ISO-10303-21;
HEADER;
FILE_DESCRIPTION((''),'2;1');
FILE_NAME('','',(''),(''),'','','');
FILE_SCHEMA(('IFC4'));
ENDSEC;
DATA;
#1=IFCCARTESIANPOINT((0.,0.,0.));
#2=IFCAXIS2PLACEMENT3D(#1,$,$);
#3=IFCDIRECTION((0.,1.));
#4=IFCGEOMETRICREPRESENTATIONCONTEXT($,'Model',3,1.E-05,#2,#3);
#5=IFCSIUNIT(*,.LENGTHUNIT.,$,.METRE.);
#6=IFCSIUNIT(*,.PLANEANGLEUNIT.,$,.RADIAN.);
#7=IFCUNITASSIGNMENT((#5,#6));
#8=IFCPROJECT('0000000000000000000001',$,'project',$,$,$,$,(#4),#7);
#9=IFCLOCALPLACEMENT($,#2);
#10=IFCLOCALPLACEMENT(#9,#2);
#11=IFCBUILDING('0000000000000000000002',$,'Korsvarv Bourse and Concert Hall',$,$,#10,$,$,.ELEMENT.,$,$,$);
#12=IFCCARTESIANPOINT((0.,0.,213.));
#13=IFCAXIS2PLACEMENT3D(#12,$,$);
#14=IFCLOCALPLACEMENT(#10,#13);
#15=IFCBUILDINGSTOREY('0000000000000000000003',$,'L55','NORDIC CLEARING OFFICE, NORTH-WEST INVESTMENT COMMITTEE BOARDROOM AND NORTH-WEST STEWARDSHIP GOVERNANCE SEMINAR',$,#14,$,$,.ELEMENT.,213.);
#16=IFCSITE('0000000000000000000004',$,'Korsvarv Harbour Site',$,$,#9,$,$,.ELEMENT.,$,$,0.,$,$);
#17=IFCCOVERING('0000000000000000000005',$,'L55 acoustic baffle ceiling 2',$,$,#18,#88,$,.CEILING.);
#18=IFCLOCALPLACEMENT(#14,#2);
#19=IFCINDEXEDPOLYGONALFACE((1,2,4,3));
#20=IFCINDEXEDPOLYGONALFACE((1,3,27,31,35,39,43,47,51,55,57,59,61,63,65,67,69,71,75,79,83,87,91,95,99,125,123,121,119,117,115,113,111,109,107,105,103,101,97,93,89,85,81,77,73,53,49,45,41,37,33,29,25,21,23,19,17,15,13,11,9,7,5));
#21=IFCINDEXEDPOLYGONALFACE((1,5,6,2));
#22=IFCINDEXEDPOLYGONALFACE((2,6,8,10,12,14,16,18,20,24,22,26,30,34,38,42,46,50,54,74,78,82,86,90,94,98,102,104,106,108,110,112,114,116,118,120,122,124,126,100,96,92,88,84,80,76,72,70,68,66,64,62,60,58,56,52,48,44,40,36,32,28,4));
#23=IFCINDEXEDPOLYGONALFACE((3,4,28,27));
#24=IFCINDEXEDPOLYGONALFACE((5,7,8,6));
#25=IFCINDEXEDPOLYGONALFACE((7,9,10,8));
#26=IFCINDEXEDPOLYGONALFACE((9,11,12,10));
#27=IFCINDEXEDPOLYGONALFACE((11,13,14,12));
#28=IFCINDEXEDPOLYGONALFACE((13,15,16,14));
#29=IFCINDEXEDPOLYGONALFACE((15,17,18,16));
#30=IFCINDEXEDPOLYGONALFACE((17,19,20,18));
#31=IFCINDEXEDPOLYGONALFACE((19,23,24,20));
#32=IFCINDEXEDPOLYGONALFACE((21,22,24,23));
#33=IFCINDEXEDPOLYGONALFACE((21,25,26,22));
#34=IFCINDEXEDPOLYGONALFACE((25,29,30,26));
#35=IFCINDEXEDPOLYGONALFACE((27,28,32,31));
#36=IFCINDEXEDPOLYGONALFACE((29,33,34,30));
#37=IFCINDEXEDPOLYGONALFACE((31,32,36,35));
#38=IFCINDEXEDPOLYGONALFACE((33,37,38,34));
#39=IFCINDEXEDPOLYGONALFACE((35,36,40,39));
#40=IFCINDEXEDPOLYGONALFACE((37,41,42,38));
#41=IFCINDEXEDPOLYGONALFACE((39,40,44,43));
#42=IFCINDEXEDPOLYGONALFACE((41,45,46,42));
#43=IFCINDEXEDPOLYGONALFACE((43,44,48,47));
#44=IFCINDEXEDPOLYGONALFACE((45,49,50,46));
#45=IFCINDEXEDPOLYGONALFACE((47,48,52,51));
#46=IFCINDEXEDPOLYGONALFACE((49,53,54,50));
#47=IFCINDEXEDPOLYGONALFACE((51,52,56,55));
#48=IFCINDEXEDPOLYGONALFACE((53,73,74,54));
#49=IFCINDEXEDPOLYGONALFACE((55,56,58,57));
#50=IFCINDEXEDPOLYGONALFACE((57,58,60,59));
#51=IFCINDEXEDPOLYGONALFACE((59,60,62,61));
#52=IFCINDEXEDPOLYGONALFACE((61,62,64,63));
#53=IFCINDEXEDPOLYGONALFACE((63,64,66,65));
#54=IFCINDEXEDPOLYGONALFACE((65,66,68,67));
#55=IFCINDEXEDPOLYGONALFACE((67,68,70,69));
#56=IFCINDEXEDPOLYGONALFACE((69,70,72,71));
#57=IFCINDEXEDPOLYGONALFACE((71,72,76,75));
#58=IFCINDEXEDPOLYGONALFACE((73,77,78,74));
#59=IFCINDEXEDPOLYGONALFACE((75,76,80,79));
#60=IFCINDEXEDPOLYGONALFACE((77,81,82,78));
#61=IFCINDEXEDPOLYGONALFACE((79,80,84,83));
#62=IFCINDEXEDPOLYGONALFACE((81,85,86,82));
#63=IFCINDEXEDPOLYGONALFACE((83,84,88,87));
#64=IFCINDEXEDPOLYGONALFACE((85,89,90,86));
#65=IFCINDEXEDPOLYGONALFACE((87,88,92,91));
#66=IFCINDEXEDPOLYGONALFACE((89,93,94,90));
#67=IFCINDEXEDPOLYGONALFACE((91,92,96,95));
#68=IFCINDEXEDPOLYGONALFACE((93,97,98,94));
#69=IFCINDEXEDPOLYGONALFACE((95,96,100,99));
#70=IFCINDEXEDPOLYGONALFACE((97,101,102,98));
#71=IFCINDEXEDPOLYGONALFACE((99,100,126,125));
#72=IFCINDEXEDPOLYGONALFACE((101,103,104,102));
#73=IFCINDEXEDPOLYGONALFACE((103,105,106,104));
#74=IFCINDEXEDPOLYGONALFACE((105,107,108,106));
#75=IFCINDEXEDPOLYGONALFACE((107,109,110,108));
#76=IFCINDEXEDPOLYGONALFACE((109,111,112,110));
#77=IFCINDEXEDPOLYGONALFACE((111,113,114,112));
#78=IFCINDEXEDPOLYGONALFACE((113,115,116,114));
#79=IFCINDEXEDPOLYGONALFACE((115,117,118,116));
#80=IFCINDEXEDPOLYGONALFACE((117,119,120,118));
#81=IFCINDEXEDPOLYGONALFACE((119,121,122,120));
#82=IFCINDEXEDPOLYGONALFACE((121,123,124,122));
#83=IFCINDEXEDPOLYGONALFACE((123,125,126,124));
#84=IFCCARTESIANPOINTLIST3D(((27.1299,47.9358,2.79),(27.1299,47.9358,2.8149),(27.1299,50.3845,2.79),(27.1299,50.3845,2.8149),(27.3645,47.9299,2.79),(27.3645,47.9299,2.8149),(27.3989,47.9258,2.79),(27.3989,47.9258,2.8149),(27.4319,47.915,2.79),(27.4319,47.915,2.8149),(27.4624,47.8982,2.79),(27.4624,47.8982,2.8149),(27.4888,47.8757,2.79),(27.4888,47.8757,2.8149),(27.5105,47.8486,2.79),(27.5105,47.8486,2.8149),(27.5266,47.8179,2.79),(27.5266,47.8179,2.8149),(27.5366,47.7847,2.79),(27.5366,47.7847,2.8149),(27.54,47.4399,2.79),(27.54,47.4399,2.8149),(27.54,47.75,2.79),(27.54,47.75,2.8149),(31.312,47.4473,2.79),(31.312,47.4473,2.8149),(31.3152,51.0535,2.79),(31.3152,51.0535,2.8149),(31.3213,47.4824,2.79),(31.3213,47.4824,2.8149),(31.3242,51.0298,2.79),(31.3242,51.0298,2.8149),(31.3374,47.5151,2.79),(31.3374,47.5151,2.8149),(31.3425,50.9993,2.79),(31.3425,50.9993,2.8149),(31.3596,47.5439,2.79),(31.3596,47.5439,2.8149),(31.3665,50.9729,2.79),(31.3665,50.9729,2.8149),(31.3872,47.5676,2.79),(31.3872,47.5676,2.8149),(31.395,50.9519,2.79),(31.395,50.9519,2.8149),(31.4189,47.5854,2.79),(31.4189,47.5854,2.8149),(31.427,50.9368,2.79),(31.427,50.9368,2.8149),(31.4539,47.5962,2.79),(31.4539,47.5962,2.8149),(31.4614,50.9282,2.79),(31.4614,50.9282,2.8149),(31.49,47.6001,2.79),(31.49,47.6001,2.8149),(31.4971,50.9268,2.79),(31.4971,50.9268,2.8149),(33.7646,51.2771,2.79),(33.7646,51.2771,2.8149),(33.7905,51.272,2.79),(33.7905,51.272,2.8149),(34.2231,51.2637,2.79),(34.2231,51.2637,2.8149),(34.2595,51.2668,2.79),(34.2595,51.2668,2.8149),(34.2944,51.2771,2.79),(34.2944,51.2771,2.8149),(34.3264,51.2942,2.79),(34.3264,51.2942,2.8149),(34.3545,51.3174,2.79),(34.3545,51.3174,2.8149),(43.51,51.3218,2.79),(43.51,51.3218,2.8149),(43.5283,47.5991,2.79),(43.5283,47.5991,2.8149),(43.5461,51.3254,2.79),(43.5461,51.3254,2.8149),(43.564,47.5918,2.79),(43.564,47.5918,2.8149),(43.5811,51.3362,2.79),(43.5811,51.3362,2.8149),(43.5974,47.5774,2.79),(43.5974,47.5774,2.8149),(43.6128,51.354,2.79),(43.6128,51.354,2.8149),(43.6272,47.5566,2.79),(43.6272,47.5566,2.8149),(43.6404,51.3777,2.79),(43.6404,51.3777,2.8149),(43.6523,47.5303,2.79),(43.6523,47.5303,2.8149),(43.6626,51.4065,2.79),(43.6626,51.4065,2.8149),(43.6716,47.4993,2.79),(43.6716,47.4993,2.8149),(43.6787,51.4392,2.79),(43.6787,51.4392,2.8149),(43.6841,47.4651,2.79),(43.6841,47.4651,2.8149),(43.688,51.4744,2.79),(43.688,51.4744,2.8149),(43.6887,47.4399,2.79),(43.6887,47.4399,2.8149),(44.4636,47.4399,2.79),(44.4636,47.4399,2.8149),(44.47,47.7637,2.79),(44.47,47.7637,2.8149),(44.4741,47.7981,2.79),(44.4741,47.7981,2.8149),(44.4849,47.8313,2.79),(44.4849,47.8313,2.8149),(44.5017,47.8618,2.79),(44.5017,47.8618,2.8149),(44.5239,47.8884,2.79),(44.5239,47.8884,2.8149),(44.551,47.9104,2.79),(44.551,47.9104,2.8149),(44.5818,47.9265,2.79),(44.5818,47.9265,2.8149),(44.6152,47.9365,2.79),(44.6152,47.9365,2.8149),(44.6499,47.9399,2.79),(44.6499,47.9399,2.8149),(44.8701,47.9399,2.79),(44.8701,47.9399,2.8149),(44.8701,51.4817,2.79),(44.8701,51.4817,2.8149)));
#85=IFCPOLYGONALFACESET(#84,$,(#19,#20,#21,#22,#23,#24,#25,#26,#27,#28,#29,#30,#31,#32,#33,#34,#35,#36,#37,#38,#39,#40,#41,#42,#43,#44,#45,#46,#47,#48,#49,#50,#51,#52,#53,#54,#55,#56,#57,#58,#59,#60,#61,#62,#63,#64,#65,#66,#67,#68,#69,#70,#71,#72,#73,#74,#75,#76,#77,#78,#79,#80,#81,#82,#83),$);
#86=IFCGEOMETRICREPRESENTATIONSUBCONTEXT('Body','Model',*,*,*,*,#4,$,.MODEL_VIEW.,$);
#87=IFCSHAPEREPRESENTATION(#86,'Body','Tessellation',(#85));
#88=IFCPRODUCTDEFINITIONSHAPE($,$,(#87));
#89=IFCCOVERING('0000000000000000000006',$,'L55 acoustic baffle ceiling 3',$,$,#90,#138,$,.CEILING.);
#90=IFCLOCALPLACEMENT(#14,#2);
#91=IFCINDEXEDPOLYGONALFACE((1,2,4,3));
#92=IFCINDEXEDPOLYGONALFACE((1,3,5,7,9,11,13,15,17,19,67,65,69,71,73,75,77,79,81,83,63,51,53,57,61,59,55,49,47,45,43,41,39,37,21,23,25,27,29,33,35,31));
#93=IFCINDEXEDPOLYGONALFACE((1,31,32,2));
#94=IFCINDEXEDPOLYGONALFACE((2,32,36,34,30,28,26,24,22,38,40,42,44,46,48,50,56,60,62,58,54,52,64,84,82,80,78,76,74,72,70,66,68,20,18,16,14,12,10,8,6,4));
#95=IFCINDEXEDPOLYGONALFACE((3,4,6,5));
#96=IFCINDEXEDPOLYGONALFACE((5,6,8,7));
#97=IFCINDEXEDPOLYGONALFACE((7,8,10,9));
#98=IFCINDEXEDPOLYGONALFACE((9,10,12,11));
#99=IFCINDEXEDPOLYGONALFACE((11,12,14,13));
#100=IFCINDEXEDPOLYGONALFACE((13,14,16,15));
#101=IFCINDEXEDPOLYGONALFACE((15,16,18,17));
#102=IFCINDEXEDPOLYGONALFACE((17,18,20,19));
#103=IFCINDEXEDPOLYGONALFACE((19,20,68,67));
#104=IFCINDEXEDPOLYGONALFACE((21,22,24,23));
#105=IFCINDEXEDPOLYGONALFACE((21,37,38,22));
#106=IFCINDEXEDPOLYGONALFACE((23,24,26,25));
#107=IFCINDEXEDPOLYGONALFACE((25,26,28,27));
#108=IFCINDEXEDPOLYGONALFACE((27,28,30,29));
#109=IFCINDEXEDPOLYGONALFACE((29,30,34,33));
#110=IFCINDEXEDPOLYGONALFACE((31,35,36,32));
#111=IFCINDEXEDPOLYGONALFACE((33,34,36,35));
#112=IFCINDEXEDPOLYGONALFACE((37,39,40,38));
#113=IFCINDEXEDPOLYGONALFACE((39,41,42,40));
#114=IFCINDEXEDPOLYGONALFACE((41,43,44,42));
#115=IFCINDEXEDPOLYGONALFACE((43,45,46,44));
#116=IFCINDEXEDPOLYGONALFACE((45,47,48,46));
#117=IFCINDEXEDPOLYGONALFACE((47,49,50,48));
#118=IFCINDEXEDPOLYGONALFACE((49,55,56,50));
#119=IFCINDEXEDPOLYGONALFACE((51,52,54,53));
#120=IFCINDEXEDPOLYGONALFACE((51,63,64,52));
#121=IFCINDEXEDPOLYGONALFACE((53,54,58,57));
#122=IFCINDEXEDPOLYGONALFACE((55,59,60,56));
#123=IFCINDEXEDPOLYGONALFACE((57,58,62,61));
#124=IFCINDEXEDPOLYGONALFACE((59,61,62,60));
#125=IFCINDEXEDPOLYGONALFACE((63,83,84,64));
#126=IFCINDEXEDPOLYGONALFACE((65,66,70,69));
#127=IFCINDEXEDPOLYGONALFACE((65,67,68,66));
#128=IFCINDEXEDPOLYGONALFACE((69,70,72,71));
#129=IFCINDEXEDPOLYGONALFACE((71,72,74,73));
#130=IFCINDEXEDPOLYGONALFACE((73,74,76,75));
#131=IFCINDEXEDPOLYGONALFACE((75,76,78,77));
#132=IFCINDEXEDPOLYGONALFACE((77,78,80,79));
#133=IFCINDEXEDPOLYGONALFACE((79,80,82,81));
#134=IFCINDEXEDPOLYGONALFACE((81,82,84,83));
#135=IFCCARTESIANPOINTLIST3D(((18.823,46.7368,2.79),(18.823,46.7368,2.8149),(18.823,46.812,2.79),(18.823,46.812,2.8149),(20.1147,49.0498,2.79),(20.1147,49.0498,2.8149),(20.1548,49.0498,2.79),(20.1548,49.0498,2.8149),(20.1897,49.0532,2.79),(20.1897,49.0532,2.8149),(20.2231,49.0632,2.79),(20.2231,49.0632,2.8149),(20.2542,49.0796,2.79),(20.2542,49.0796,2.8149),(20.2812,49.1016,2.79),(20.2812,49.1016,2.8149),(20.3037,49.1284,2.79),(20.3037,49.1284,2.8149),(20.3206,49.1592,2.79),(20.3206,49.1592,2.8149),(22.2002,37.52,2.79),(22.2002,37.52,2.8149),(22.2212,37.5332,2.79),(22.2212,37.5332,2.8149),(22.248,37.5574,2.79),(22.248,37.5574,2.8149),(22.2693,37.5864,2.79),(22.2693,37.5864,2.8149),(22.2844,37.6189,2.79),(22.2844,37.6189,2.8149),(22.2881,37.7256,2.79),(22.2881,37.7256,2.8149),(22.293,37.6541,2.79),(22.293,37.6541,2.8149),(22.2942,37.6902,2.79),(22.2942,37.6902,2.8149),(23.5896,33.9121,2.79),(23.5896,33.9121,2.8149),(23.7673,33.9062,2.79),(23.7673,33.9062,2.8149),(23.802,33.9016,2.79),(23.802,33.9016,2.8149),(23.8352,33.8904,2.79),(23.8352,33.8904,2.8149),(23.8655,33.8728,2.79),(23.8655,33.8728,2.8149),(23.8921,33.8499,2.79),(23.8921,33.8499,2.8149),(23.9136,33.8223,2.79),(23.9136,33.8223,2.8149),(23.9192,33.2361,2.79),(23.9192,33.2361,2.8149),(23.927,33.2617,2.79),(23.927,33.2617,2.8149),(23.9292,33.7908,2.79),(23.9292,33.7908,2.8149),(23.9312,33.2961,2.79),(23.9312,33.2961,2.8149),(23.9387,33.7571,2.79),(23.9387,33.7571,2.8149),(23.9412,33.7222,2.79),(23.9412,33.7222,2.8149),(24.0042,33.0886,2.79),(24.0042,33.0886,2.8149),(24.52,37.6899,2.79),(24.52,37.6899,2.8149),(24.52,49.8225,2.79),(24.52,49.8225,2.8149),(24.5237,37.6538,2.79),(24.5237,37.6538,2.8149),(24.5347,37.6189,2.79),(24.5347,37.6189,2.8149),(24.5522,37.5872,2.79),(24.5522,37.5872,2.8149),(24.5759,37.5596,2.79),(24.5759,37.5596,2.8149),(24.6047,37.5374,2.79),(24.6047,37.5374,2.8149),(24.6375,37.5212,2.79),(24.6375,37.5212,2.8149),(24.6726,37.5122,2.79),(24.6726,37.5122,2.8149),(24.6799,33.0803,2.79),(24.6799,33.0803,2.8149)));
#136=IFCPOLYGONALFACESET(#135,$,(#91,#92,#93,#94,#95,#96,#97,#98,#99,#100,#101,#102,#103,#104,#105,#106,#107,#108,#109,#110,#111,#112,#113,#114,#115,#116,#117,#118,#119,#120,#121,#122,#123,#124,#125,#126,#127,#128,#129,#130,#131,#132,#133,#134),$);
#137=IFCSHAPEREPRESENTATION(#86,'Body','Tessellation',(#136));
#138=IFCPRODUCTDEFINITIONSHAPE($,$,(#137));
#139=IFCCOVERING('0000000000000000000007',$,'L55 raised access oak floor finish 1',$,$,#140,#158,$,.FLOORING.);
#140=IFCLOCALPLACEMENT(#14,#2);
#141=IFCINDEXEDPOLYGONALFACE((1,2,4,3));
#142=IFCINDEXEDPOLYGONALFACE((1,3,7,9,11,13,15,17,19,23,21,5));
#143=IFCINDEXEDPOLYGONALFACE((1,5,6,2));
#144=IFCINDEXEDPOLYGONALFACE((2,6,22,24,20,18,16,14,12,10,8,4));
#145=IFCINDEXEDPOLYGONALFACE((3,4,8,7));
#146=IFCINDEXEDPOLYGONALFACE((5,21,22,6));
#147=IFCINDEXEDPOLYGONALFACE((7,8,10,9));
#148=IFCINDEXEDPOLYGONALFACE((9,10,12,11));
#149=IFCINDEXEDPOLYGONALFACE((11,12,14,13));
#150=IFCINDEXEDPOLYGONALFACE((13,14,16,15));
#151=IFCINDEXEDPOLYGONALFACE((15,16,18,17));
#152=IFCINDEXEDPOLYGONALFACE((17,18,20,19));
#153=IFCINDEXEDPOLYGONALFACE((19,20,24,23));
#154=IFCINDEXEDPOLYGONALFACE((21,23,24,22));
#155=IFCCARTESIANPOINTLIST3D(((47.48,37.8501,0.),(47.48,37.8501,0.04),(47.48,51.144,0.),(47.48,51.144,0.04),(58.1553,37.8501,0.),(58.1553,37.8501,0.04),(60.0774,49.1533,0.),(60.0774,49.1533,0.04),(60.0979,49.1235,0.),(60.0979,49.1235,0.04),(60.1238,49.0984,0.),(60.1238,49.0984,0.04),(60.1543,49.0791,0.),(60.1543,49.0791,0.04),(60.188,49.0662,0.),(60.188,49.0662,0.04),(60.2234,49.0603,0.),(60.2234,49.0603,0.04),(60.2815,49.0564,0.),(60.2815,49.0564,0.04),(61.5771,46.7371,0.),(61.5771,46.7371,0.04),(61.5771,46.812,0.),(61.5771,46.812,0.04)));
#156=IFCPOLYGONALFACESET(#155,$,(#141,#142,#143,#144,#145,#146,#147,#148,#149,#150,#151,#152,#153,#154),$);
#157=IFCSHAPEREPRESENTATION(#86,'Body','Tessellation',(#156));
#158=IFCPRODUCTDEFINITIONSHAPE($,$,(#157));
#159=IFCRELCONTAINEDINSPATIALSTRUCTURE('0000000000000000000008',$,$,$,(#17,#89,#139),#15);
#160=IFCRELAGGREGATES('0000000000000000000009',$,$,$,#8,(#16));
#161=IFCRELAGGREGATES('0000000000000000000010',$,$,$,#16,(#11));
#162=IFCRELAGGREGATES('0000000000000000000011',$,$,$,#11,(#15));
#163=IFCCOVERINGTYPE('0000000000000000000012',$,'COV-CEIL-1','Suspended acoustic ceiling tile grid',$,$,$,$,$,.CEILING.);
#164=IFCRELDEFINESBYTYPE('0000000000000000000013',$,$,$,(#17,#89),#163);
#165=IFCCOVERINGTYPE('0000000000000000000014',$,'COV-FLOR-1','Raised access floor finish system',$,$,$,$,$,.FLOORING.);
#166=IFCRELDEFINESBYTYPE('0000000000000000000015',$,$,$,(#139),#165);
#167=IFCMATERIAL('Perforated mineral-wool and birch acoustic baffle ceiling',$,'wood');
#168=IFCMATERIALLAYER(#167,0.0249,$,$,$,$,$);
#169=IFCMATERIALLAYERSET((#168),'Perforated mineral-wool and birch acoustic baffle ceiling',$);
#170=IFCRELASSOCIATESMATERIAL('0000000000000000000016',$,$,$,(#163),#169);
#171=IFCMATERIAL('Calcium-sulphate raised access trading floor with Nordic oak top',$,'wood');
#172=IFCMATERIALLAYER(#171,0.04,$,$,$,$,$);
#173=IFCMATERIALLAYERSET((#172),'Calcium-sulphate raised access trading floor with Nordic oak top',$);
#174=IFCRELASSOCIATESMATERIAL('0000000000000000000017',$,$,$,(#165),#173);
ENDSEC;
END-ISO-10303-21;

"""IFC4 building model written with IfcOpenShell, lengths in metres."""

from ifc_helpers import new_model, si_unit, direction, frame, origin, place, context, subcontext, project, spatial, polyline, outline, extrude, material, layer, layer_set, type_object, element, save


model = new_model("IFC4")

# Units and contexts
model_context = context("Model", 3, precision=1e-05, world=origin(), true_north=direction((0.0, 1.0)))
body_context = subcontext(model_context, "Body", "Model", "MODEL_VIEW")
ifc_project = project(units=[si_unit("LENGTHUNIT", "METRE"), si_unit("PLANEANGLEUNIT", "RADIAN")], contexts=[model_context])

# Site, building, storey
site_placement = place(None, origin())
site = spatial("IfcSite", under=ifc_project, at=site_placement, Name="Korsvarv Harbour Site", CompositionType="ELEMENT", RefElevation=0.0)
building_placement = place(site_placement, origin())
building = spatial("IfcBuilding", under=site, at=building_placement, Name="Korsvarv Bourse and Concert Hall", CompositionType="ELEMENT")
storey_placement = place(building_placement, frame((0.0, 0.0, 213.0)))
storey = spatial("IfcBuildingStorey", under=building, at=storey_placement, Name="L55", Description="NORDIC CLEARING OFFICE, NORTH-WEST INVESTMENT COMMITTEE BOARDROOM AND NORTH-WEST STEWARDSHIP GOVERNANCE SEMINAR", CompositionType="ELEMENT", Elevation=213.0)

# Coverings
ifc_material_1 = material(Name="Perforated mineral-wool and birch acoustic baffle ceiling", Category="wood")
ifc_layer_1 = layer(ifc_material_1, 0.0249)
ifc_layer_set_1 = layer_set([ifc_layer_1], Name="Perforated mineral-wool and birch acoustic baffle ceiling")
covering_type_1 = type_object("IfcCoveringType", Name="COV-CEIL-1", Description="Suspended acoustic ceiling tile grid", PredefinedType="CEILING", material=ifc_layer_set_1)
covering_1_placement = place(storey_placement, frame((0.0, 0.0, 2.79)))
element("IfcCovering", 1, at=covering_1_placement, inside=storey, type_object=covering_type_1, Name="L55 acoustic baffle ceiling 2", PredefinedType="CEILING", context=body_context, shape_type="SweptSolid", body=[
    extrude(outline(polyline([(31.3152, 51.0535), (31.3242, 51.0298), (31.3425, 50.9993), (31.3665, 50.9729), (31.395, 50.9519), (31.427, 50.9368), (31.4614, 50.9282), (31.4971, 50.9268), (33.7646, 51.2771), (33.7905, 51.272), (34.2231, 51.2637), (34.2595, 51.2668), (34.2944, 51.2771), (34.3264, 51.2942), (34.3545, 51.3174), (43.51, 51.3218), (43.5461, 51.3254), (43.5811, 51.3362), (43.6128, 51.354), (43.6404, 51.3777), (43.6626, 51.4065), (43.6787, 51.4392), (43.688, 51.4744), (44.8701, 51.4817), (44.8701, 47.9399), (44.6499, 47.9399), (44.6152, 47.9365), (44.5818, 47.9265), (44.551, 47.9104), (44.5239, 47.8884), (44.5017, 47.8618), (44.4849, 47.8313), (44.4741, 47.7981), (44.47, 47.7637), (44.4636, 47.4399), (43.6887, 47.4399), (43.6841, 47.4651), (43.6716, 47.4993), (43.6523, 47.5303), (43.6272, 47.5566), (43.5974, 47.5774), (43.564, 47.5918), (43.5283, 47.5991), (31.49, 47.6001), (31.4539, 47.5962), (31.4189, 47.5854), (31.3872, 47.5676), (31.3596, 47.5439), (31.3374, 47.5151), (31.3213, 47.4824), (31.312, 47.4473), (27.54, 47.4399), (27.54, 47.75), (27.5366, 47.7847), (27.5266, 47.8179), (27.5105, 47.8486), (27.4888, 47.8757), (27.4624, 47.8982), (27.4319, 47.915), (27.3989, 47.9258), (27.3645, 47.9299), (27.1299, 47.9358), (27.1299, 50.3845), (31.3152, 51.0535)])), origin(), (0.0, 0.0, 1.0), 0.0249),
])
covering_2_placement = place(storey_placement, frame((0.0, 0.0, 2.79)))
element("IfcCovering", 2, at=covering_2_placement, inside=storey, type_object=covering_type_1, Name="L55 acoustic baffle ceiling 3", PredefinedType="CEILING", context=body_context, shape_type="SweptSolid", body=[
    extrude(outline(polyline([(24.52, 49.8225), (24.52, 37.6899), (24.5237, 37.6538), (24.5347, 37.6189), (24.5522, 37.5872), (24.5759, 37.5596), (24.6047, 37.5374), (24.6375, 37.5212), (24.6726, 37.5122), (24.6799, 33.0803), (24.0042, 33.0886), (23.9192, 33.2361), (23.927, 33.2617), (23.9312, 33.2961), (23.9412, 33.7222), (23.9387, 33.7571), (23.9292, 33.7908), (23.9136, 33.8223), (23.8921, 33.8499), (23.8655, 33.8728), (23.8352, 33.8904), (23.802, 33.9016), (23.7673, 33.9062), (23.5896, 33.9121), (22.2002, 37.52), (22.2212, 37.5332), (22.248, 37.5574), (22.2693, 37.5864), (22.2844, 37.6189), (22.293, 37.6541), (22.2942, 37.6902), (22.2881, 37.7256), (18.823, 46.7368), (18.823, 46.812), (20.1147, 49.0498), (20.1548, 49.0498), (20.1897, 49.0532), (20.2231, 49.0632), (20.2542, 49.0796), (20.2812, 49.1016), (20.3037, 49.1284), (20.3206, 49.1592), (24.52, 49.8225)])), origin(), (0.0, 0.0, 1.0), 0.0249),
])
ifc_material_2 = material(Name="Calcium-sulphate raised access trading floor with Nordic oak top", Category="wood")
ifc_layer_2 = layer(ifc_material_2, 0.04)
ifc_layer_set_2 = layer_set([ifc_layer_2], Name="Calcium-sulphate raised access trading floor with Nordic oak top")
covering_type_2 = type_object("IfcCoveringType", Name="COV-FLOR-1", Description="Raised access floor finish system", PredefinedType="FLOORING", material=ifc_layer_set_2)
covering_3_placement = place(storey_placement, origin())
element("IfcCovering", 3, at=covering_3_placement, inside=storey, type_object=covering_type_2, Name="L55 raised access oak floor finish 1", PredefinedType="FLOORING", context=body_context, shape_type="SweptSolid", body=[
    extrude(outline(polyline([(60.0774, 49.1533), (60.0979, 49.1235), (60.1238, 49.0984), (60.1543, 49.0791), (60.188, 49.0662), (60.2234, 49.0603), (60.2815, 49.0564), (61.5771, 46.812), (61.5771, 46.7371), (58.1553, 37.8501), (47.48, 37.8501), (47.48, 51.144), (60.0774, 49.1533)])), origin(), (0.0, 0.0, 1.0), 0.04),
])

save(model, "model.ifc")
